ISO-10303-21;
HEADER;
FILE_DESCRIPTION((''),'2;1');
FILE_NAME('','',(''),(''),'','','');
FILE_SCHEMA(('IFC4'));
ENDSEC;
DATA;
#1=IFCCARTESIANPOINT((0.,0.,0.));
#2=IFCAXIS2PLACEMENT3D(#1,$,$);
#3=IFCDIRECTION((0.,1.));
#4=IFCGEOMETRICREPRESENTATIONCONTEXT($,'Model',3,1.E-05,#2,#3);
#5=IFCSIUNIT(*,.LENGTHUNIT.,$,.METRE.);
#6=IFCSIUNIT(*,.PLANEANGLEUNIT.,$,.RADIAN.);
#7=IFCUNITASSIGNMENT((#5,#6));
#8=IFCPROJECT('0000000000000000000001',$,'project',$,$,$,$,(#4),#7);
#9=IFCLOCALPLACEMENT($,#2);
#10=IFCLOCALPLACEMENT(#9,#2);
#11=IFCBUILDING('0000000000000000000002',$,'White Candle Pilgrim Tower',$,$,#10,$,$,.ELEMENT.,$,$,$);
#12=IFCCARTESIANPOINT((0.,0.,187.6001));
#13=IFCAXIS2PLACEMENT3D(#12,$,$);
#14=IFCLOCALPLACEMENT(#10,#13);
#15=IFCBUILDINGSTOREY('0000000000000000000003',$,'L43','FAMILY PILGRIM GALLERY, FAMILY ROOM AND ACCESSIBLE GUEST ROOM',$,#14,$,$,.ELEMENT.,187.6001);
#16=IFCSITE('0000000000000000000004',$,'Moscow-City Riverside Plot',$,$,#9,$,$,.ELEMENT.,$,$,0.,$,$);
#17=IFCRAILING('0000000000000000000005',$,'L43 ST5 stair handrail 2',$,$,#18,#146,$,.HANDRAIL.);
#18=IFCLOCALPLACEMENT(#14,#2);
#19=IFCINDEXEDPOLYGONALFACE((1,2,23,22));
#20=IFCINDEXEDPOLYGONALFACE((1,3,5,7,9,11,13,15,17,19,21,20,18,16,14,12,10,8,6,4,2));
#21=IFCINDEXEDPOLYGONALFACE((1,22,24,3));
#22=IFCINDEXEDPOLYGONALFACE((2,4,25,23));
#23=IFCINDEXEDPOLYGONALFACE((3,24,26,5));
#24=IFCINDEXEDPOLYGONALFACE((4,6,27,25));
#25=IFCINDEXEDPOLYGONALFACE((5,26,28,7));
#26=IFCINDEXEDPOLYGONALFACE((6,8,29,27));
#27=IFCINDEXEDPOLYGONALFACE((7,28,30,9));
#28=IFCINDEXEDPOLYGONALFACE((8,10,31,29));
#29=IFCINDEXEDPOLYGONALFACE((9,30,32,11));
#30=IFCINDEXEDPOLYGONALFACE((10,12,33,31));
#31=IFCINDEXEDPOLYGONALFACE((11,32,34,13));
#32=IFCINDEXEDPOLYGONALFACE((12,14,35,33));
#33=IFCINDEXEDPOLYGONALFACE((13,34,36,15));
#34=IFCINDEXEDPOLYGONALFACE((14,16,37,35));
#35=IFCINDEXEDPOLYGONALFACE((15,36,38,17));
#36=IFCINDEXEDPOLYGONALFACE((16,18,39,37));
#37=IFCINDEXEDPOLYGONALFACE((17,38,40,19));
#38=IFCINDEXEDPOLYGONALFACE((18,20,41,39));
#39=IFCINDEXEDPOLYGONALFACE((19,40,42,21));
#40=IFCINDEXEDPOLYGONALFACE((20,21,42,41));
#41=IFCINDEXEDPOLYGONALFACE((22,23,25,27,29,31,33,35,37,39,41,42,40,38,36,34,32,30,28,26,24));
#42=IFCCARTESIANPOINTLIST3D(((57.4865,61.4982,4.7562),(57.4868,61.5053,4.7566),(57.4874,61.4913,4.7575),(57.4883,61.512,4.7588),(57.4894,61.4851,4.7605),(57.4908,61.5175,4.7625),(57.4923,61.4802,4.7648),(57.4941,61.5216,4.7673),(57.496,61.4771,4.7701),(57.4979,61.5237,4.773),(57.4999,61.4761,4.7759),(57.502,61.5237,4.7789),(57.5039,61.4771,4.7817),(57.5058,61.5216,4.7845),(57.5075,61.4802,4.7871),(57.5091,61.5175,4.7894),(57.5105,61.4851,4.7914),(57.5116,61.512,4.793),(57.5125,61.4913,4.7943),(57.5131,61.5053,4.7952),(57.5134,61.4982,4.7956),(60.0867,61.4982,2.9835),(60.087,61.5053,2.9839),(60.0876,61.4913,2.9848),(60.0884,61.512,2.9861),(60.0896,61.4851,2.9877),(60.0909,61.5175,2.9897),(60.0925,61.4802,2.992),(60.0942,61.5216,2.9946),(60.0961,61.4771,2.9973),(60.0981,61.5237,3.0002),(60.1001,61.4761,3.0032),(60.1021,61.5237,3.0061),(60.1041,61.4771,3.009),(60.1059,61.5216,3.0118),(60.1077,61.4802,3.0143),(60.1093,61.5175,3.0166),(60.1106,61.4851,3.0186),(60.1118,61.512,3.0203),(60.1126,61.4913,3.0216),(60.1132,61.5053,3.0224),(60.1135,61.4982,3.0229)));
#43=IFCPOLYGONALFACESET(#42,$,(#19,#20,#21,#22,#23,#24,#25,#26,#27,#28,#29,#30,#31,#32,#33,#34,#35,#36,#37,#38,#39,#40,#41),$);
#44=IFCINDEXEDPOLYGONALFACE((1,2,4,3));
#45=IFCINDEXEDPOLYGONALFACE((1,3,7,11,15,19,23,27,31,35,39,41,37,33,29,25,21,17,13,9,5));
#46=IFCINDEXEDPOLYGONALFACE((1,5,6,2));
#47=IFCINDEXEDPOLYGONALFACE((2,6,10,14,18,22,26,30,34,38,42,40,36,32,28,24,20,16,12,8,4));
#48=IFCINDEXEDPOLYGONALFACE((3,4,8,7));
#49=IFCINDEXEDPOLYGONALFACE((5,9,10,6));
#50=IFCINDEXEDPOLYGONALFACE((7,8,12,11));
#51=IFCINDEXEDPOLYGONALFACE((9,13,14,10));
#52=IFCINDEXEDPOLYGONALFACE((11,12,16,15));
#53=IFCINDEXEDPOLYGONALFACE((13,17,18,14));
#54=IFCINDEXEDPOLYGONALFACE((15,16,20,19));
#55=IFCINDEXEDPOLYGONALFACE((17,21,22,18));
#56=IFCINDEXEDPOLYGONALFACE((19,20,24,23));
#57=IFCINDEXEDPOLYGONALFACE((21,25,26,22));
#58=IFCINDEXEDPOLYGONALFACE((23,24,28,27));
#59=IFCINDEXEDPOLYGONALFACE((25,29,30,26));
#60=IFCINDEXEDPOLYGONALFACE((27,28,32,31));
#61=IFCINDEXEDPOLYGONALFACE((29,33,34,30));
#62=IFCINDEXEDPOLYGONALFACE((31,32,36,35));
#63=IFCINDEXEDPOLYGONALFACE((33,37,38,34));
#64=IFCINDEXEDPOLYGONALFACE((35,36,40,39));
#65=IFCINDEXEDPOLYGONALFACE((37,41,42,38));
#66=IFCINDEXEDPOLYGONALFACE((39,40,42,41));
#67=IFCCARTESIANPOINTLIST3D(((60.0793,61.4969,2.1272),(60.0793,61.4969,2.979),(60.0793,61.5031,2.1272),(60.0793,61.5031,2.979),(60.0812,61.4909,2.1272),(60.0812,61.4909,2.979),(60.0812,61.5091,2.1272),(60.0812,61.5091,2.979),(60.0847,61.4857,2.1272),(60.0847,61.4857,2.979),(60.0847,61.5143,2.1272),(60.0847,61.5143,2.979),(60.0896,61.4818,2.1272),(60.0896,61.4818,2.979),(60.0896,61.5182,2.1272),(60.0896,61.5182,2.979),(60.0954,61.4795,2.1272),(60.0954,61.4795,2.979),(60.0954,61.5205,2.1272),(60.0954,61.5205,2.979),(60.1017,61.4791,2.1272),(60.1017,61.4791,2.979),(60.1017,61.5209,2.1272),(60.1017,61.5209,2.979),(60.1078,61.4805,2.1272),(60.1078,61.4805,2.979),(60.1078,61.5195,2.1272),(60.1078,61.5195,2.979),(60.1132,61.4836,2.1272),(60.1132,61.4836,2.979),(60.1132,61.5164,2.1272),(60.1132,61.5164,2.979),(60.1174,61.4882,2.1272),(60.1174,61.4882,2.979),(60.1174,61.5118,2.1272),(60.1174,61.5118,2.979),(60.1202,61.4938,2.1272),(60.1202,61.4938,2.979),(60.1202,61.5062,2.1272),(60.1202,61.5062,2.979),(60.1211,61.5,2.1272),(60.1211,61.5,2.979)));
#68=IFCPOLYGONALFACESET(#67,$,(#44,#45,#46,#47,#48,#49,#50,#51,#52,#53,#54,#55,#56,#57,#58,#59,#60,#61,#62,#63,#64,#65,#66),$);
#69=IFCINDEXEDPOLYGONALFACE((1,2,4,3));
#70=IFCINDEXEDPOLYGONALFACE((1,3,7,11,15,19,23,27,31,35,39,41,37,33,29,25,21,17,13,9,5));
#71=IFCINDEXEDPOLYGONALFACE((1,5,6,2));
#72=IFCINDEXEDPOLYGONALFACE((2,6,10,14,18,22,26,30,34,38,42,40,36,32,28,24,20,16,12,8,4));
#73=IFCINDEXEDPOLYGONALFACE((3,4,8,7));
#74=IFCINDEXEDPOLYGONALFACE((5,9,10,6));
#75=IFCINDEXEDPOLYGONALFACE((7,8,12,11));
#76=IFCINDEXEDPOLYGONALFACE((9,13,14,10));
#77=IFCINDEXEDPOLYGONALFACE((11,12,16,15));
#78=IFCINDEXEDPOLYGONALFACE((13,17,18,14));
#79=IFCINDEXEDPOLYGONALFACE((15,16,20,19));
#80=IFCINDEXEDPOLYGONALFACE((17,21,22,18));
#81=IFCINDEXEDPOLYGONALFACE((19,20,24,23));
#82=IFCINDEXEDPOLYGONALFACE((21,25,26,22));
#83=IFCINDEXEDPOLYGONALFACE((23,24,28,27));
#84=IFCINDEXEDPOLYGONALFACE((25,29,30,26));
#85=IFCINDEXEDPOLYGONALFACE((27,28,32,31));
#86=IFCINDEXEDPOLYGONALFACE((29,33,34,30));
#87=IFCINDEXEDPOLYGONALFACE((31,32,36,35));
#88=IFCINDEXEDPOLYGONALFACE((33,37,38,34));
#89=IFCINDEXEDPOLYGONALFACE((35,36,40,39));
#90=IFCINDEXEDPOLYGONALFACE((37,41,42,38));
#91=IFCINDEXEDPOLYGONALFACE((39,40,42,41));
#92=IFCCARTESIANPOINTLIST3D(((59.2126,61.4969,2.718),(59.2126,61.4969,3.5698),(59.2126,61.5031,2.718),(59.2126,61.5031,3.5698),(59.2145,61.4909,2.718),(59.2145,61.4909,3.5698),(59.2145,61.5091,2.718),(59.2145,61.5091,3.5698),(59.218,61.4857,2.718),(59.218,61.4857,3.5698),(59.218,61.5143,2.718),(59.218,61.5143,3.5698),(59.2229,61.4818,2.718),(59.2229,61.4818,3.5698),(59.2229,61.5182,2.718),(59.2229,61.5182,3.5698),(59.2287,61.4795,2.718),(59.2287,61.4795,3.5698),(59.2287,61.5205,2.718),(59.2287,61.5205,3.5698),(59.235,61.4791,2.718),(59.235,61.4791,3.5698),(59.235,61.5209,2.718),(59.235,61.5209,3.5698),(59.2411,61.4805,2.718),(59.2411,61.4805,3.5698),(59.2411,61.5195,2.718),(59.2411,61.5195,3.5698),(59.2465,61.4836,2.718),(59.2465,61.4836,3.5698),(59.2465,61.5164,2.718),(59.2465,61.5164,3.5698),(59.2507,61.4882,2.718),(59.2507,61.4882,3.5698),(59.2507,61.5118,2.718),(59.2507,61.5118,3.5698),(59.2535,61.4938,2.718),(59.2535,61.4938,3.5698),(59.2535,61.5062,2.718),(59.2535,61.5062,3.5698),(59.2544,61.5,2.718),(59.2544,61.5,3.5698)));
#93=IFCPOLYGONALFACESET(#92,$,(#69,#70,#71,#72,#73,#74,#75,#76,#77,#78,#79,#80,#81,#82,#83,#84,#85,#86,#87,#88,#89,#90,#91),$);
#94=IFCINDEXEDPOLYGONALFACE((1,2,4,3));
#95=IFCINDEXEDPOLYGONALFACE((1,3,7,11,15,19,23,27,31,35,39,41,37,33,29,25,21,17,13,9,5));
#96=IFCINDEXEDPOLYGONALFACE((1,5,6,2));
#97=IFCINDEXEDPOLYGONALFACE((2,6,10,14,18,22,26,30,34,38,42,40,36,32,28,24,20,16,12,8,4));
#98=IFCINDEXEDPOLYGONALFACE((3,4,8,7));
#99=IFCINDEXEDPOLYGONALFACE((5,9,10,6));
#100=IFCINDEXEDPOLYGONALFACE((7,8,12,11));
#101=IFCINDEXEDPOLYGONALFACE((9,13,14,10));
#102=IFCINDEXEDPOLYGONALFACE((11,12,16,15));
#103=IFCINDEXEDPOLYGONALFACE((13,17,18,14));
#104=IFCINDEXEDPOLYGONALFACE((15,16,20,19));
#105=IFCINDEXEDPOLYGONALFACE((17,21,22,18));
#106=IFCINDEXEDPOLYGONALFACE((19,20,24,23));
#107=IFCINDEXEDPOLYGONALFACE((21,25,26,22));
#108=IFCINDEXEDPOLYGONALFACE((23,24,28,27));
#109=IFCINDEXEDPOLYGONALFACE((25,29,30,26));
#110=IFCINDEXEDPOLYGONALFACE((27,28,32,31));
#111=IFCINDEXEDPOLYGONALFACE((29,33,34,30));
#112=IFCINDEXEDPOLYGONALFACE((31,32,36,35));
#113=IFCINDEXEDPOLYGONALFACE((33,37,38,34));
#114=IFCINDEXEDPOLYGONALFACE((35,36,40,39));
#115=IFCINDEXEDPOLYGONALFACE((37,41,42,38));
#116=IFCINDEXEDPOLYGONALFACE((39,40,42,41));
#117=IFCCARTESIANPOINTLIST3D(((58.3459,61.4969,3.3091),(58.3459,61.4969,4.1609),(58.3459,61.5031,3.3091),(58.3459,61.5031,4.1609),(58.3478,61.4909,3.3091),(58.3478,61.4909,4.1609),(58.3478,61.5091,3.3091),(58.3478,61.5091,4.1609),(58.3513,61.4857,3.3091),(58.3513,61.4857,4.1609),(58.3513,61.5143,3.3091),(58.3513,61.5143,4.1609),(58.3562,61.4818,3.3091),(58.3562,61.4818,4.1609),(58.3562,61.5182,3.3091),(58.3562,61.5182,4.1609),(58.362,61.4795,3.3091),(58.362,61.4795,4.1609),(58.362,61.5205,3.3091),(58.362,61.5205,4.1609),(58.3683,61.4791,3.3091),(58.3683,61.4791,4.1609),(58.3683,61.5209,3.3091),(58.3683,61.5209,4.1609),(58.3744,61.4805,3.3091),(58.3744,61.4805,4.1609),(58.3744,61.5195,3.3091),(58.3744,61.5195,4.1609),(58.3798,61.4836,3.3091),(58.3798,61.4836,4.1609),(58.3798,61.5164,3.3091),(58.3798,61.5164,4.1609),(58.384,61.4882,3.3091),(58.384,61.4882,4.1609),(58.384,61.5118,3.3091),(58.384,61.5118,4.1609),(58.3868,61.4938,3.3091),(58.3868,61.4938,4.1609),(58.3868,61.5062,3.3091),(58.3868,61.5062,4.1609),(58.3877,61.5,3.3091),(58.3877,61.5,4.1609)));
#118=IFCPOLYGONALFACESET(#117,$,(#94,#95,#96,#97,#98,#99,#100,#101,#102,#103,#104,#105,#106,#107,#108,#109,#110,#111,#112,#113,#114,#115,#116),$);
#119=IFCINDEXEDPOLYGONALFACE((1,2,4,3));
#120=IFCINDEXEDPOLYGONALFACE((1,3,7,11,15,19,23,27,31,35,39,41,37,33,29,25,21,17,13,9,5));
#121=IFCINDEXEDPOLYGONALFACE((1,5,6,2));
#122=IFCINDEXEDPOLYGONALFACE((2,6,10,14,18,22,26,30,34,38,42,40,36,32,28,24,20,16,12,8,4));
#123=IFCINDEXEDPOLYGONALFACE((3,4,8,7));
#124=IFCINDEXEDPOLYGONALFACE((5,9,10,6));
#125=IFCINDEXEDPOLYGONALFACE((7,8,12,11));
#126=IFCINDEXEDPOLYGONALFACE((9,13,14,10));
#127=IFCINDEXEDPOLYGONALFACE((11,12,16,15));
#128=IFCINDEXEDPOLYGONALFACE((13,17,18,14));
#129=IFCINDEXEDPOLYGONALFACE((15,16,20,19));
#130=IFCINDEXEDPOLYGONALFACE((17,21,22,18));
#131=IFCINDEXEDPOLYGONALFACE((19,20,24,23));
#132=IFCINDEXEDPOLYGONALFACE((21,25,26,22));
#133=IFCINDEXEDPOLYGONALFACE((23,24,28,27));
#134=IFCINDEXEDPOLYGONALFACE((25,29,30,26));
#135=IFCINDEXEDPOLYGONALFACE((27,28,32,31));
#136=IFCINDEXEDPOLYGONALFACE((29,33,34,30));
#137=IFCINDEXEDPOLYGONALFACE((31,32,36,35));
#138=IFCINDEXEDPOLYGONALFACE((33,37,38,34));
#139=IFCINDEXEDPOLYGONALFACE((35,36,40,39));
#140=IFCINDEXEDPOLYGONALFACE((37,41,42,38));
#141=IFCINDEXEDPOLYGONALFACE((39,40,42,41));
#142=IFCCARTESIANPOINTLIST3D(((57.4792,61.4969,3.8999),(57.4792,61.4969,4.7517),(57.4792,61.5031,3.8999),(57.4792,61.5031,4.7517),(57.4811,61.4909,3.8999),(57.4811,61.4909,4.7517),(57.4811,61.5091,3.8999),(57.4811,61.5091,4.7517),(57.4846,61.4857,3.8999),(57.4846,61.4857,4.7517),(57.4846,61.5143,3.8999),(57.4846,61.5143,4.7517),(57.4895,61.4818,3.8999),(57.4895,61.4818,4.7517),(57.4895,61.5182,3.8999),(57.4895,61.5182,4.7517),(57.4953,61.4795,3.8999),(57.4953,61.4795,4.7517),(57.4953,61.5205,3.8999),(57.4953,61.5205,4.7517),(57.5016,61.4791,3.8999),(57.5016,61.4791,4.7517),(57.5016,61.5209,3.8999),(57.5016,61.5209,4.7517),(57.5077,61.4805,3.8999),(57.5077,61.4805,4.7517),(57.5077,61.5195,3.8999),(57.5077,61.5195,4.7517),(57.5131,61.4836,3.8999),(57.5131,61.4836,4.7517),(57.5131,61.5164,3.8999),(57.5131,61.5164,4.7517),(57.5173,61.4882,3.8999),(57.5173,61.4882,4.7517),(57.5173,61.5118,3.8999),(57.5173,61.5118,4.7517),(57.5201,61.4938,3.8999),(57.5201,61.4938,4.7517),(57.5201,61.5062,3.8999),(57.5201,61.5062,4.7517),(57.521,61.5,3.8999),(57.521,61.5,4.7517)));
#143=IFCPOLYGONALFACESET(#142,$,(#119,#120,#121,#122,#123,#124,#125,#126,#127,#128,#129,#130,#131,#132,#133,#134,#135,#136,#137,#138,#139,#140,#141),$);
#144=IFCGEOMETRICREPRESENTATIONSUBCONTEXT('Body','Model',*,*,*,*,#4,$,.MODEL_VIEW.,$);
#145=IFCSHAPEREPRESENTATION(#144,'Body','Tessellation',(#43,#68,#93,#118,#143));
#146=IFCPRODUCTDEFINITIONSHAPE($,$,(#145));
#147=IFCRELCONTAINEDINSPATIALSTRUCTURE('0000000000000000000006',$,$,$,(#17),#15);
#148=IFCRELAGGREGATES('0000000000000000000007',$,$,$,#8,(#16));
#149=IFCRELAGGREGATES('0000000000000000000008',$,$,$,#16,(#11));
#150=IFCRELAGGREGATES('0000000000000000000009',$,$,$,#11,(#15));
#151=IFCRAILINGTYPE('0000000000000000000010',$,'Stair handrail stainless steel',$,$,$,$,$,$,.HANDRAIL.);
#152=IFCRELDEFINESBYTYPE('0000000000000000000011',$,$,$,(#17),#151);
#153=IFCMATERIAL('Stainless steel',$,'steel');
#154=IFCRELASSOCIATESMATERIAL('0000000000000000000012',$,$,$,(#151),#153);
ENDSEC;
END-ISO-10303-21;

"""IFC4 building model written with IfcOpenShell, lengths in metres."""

from ifc_helpers import new_model, si_unit, direction, frame, origin, origin_2d, place, context, subcontext, project, spatial, circle, extrude, material, type_object, element, save


model = new_model("IFC4")

# Units and contexts
model_context = context("Model", 3, precision=1e-05, world=origin(), true_north=direction((0.0, 1.0)))
body_context = subcontext(model_context, "Body", "Model", "MODEL_VIEW")
ifc_project = project(units=[si_unit("LENGTHUNIT", "METRE"), si_unit("PLANEANGLEUNIT", "RADIAN")], contexts=[model_context])

# Site, building, storey
site_placement = place(None, origin())
site = spatial("IfcSite", under=ifc_project, at=site_placement, Name="Moscow-City Riverside Plot", CompositionType="ELEMENT", RefElevation=0.0)
building_placement = place(site_placement, origin())
building = spatial("IfcBuilding", under=site, at=building_placement, Name="White Candle Pilgrim Tower", CompositionType="ELEMENT")
storey_placement = place(building_placement, frame((0.0, 0.0, 187.6001)))
storey = spatial("IfcBuildingStorey", under=building, at=storey_placement, Name="L43", Description="FAMILY PILGRIM GALLERY, FAMILY ROOM AND ACCESSIBLE GUEST ROOM", CompositionType="ELEMENT", Elevation=187.6001)

# Railing
ifc_material_1 = material(Name="Stainless steel", Category="steel")
railing_type_1 = type_object("IfcRailingType", Name="Stair handrail stainless steel", PredefinedType="HANDRAIL", material=ifc_material_1)
railing_1_placement = place(storey_placement, frame((60.1001, 61.5, 2.1272)))
element("IfcRailing", 1, at=railing_1_placement, inside=storey, type_object=railing_type_1, Name="L43 ST5 stair handrail 2", PredefinedType="HANDRAIL", context=body_context, shape_type="SweptSolid", body=[
    extrude(circle(Radius=0.0239, at=origin_2d()), frame((0.0, 0.0, 0.876), z_axis=(-0.82624, 0.0, 0.563318), x_axis=(0.0, -1.0, 0.0)), (0.0, 0.0, 1.0), 3.147),
    extrude(circle(Radius=0.021, at=origin_2d()), origin(), (0.0, 0.0, 1.0), 0.8518),
    extrude(circle(Radius=0.021, at=origin_2d()), frame((-0.8667, 0.0, 0.5908)), (0.0, 0.0, 1.0), 0.8518),
    extrude(circle(Radius=0.021, at=origin_2d()), frame((-1.7334, 0.0, 1.1819)), (0.0, 0.0, 1.0), 0.8518),
    extrude(circle(Radius=0.021, at=origin_2d()), frame((-2.6001, 0.0, 1.7727)), (0.0, 0.0, 1.0), 0.8518),
])

save(model, "model.ifc")
